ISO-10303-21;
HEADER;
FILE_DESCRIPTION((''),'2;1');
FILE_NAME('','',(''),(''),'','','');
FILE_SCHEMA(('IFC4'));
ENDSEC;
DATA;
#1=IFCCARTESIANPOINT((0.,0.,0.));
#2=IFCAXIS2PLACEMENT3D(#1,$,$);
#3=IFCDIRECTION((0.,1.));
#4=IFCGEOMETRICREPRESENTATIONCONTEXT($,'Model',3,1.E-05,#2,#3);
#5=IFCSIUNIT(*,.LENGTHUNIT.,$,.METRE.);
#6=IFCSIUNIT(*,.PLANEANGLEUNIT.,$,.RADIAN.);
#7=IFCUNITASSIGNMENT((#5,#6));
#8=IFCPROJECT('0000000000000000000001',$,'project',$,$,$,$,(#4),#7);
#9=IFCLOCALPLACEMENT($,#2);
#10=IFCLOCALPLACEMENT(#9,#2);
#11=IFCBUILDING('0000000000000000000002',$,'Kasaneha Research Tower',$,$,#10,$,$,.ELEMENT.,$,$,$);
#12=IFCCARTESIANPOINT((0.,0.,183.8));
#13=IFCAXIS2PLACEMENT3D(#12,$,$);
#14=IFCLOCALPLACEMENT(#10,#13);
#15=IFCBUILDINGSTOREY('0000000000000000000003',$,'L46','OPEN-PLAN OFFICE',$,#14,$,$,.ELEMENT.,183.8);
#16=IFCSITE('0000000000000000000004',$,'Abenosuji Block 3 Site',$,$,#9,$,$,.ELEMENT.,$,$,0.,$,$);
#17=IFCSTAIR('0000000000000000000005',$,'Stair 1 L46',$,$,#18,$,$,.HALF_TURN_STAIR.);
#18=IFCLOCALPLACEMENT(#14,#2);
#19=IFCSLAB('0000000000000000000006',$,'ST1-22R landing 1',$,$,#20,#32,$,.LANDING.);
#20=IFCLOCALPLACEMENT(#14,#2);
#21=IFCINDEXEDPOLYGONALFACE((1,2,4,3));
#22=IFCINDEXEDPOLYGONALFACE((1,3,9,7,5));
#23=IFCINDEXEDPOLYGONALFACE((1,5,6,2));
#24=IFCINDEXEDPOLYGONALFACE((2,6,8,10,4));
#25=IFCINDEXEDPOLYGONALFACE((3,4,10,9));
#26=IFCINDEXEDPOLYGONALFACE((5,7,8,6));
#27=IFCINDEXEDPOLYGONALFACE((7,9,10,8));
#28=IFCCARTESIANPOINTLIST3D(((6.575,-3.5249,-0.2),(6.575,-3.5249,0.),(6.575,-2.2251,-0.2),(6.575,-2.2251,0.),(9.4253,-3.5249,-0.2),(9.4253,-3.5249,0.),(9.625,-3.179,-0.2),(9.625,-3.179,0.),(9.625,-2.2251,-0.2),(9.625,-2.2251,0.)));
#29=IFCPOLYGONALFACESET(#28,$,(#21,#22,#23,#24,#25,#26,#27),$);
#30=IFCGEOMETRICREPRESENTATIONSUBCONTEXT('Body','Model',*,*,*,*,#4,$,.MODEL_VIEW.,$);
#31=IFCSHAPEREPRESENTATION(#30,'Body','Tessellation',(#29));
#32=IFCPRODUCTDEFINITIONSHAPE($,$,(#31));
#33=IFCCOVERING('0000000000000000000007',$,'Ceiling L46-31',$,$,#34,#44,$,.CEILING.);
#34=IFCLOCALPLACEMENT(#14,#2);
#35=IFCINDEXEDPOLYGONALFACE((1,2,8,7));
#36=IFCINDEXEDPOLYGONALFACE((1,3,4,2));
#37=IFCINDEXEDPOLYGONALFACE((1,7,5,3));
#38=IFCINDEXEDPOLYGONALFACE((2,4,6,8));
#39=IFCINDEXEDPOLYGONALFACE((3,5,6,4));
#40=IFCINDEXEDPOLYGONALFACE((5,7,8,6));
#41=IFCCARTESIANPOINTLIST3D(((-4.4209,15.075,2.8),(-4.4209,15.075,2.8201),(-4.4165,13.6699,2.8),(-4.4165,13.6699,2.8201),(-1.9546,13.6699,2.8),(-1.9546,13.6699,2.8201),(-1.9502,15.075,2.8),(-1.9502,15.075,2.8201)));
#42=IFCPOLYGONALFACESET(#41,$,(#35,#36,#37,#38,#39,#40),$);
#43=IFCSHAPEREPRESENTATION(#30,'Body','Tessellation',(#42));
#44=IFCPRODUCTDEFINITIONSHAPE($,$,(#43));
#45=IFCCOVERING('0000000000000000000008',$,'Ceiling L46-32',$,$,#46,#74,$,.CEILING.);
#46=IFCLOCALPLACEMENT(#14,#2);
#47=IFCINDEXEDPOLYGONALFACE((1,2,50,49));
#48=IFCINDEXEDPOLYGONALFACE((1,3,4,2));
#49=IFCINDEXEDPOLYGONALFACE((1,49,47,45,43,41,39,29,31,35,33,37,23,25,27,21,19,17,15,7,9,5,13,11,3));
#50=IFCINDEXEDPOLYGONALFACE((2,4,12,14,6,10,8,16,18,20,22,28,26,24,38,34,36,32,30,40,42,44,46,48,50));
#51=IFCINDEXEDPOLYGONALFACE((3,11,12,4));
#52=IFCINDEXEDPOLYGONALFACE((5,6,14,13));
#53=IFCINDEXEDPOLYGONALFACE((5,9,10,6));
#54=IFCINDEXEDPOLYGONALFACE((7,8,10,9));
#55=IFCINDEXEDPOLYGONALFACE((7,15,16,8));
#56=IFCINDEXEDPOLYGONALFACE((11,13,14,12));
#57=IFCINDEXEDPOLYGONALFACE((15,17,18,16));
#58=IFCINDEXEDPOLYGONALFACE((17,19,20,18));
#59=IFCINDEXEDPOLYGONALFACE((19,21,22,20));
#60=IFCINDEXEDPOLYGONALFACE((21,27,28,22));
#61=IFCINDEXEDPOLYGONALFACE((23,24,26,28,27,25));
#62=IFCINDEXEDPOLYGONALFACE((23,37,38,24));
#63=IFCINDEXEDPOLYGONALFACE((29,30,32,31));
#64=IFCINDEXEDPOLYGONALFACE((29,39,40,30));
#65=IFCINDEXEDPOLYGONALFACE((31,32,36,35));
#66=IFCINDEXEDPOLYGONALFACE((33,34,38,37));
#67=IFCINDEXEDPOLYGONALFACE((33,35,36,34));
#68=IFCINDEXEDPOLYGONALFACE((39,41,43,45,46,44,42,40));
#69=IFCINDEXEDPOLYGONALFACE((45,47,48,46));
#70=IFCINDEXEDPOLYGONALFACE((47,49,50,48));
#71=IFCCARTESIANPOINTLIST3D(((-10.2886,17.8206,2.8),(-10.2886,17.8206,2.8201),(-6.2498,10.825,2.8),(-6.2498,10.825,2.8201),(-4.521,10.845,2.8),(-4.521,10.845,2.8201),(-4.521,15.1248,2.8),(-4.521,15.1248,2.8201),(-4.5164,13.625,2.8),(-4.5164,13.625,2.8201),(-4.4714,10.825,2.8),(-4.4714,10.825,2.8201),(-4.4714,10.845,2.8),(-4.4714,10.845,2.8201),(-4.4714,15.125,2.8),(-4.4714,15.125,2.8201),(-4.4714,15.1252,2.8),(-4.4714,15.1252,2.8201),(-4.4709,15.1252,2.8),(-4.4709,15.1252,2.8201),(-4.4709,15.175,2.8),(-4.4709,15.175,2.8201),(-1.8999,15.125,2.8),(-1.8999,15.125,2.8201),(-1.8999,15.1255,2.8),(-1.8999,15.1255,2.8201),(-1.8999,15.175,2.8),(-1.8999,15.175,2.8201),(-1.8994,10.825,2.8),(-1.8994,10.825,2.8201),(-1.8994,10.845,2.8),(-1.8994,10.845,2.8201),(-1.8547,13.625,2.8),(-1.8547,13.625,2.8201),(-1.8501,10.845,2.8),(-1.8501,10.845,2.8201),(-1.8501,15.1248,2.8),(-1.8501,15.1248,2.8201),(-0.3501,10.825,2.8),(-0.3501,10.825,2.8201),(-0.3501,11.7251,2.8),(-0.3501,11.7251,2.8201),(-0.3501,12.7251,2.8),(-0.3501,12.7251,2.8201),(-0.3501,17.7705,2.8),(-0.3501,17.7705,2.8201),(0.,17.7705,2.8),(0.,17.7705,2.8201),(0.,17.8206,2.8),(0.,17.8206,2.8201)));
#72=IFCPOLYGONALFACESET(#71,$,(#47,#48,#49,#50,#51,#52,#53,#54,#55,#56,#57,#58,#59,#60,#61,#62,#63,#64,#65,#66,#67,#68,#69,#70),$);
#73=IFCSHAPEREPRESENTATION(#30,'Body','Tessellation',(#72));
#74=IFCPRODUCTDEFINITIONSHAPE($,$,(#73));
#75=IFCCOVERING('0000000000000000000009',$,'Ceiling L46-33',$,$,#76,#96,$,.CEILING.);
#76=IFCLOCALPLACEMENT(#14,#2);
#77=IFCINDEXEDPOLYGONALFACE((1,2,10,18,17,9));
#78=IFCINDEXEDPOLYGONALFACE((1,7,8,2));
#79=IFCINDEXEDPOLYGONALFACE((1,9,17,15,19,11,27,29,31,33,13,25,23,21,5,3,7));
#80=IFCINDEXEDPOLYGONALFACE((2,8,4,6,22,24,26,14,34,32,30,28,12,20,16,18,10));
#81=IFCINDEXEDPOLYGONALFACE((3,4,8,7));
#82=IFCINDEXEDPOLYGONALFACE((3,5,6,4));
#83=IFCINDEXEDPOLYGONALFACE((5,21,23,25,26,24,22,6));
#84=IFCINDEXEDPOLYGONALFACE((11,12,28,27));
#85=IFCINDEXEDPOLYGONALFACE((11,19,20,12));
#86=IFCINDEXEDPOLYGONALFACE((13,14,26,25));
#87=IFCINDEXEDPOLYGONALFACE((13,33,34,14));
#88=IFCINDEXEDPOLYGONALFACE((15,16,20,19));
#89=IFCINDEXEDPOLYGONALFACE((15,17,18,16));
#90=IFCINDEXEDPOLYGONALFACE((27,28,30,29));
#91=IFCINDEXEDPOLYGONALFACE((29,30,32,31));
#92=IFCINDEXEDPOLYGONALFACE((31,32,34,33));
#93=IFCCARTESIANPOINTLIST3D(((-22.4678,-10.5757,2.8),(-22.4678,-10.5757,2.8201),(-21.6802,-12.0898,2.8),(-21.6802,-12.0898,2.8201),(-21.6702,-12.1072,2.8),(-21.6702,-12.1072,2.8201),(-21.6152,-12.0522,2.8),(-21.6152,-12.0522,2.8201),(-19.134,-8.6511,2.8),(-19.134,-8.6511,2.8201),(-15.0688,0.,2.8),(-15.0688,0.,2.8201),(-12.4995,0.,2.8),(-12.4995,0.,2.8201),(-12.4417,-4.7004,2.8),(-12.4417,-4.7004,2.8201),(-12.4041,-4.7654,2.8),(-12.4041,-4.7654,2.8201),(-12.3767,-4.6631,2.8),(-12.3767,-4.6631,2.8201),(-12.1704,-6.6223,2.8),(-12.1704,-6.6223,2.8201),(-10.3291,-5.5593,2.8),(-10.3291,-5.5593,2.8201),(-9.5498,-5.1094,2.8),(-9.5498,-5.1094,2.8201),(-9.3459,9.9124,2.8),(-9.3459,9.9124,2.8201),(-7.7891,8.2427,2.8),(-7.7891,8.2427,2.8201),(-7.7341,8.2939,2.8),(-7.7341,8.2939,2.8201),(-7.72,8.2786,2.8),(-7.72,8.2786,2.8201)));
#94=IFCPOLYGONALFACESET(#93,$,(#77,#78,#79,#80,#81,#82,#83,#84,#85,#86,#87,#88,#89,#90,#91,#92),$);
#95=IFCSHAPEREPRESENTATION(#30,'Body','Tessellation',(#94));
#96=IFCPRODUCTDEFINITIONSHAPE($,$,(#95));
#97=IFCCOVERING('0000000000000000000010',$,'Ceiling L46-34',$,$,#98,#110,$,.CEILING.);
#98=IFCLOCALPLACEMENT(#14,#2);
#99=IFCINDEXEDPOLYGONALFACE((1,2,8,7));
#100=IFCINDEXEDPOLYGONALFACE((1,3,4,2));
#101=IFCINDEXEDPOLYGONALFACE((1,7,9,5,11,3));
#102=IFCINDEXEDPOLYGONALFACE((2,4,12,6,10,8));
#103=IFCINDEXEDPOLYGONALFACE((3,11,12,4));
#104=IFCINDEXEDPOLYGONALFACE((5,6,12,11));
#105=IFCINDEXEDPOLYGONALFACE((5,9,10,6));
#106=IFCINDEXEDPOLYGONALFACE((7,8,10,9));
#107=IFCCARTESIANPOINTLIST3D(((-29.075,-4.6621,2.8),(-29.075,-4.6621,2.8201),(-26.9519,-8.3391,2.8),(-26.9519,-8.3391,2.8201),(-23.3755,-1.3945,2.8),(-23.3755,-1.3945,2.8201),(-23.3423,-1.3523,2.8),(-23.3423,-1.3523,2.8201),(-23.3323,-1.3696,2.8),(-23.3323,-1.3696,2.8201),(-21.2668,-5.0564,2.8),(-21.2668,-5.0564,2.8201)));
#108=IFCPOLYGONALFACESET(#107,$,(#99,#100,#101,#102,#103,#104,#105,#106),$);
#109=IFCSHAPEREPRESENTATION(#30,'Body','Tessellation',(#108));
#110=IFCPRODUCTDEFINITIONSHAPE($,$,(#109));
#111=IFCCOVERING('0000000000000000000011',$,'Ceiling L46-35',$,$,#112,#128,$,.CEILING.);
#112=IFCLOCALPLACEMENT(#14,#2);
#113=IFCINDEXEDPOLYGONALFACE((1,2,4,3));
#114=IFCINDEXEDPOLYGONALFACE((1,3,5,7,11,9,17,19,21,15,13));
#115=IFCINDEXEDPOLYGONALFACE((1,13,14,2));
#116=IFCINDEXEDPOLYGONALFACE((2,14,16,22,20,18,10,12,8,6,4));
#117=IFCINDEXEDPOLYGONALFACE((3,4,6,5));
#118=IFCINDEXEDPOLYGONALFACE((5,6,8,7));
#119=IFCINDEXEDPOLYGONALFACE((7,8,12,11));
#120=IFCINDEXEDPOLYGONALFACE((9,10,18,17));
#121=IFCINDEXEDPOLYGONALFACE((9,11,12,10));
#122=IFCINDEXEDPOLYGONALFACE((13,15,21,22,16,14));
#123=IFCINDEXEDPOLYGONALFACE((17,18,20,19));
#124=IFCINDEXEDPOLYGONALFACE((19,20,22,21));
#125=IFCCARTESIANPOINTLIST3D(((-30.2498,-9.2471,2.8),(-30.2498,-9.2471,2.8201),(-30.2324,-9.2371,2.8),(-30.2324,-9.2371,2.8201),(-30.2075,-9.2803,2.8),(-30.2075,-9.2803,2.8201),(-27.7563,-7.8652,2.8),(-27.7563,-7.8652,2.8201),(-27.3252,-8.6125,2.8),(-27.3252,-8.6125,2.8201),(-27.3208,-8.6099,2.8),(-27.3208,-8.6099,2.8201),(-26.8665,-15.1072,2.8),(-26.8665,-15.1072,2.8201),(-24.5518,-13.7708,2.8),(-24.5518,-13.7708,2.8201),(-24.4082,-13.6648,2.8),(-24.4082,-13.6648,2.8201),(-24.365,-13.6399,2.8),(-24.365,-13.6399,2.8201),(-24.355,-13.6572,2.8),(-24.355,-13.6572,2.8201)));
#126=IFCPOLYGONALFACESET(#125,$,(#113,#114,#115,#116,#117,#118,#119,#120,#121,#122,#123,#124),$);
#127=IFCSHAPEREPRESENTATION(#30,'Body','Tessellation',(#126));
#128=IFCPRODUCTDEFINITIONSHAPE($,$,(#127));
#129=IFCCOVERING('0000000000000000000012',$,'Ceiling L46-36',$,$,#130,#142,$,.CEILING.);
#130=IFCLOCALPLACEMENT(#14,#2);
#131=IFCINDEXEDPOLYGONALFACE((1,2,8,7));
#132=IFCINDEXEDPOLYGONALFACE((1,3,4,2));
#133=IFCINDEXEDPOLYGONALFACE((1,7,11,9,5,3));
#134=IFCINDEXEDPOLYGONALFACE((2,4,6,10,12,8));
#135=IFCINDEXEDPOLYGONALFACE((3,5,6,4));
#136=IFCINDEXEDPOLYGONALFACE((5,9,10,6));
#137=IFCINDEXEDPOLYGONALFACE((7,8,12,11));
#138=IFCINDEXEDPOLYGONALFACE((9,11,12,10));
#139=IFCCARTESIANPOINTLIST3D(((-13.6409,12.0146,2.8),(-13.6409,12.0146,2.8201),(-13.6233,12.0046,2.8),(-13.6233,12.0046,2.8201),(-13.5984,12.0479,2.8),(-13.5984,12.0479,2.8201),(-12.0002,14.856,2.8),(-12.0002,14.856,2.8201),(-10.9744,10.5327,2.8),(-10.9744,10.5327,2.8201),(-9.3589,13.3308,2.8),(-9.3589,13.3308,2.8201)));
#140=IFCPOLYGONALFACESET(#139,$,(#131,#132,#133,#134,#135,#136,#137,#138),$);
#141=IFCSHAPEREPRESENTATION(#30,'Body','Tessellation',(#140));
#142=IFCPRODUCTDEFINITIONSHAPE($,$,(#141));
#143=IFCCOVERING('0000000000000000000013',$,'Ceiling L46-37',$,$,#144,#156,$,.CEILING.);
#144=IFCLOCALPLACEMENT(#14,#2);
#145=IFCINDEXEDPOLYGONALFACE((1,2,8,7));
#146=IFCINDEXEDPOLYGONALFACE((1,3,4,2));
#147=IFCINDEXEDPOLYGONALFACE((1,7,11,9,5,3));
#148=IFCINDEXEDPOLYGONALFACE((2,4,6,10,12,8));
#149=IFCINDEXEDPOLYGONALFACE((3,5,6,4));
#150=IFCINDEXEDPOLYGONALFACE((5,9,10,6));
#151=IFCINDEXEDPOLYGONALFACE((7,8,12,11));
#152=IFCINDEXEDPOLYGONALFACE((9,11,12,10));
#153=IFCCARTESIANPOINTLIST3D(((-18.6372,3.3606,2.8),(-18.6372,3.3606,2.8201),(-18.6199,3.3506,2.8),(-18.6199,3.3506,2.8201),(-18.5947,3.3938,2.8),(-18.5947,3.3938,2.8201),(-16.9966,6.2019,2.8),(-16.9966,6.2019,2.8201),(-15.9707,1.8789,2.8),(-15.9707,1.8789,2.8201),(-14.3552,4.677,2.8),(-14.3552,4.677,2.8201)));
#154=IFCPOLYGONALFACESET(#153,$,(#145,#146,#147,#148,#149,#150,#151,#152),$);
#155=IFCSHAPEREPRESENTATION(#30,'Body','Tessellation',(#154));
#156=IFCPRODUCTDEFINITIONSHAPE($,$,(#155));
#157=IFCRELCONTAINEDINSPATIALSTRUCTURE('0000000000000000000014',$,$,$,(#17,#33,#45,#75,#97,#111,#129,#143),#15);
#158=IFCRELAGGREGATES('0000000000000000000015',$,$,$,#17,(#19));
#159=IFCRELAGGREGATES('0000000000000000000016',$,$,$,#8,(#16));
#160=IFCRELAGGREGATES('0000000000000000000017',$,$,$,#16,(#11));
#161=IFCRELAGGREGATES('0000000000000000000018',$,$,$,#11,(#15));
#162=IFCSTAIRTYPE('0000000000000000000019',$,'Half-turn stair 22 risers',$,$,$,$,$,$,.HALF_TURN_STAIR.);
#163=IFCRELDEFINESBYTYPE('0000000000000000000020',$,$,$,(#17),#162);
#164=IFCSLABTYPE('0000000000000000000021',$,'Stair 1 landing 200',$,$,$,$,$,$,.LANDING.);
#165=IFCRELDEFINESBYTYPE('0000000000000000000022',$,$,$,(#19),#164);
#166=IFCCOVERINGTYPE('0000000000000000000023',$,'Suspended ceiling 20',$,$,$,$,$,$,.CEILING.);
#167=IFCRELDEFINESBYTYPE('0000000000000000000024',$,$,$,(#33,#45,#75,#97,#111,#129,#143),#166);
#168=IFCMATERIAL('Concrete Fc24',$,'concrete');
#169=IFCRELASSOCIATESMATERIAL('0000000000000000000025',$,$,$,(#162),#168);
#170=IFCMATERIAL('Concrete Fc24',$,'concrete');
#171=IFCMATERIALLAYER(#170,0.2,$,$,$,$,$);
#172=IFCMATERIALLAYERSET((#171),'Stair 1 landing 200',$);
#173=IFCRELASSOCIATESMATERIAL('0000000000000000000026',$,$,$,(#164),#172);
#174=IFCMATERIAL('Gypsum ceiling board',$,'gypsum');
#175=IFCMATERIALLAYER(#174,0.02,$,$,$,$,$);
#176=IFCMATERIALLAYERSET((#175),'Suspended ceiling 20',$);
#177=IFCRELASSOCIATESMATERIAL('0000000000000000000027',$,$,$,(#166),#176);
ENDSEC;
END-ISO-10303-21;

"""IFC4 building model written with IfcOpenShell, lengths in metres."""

from ifc_helpers import new_model, si_unit, direction, frame, origin, place, context, subcontext, project, spatial, polyline, outline, extrude, material, layer, layer_set, type_object, element, aggregate, save


model = new_model("IFC4")

# Units and contexts
model_context = context("Model", 3, precision=1e-05, world=origin(), true_north=direction((0.0, 1.0)))
body_context = subcontext(model_context, "Body", "Model", "MODEL_VIEW")
ifc_project = project(units=[si_unit("LENGTHUNIT", "METRE"), si_unit("PLANEANGLEUNIT", "RADIAN")], contexts=[model_context])

# Site, building, storey
site_placement = place(None, origin())
site = spatial("IfcSite", under=ifc_project, at=site_placement, Name="Abenosuji Block 3 Site", CompositionType="ELEMENT", RefElevation=0.0)
building_placement = place(site_placement, origin())
building = spatial("IfcBuilding", under=site, at=building_placement, Name="Kasaneha Research Tower", CompositionType="ELEMENT")
storey_placement = place(building_placement, frame((0.0, 0.0, 183.8)))
storey = spatial("IfcBuildingStorey", under=building, at=storey_placement, Name="L46", Description="OPEN-PLAN OFFICE", CompositionType="ELEMENT", Elevation=183.8)

# Stair, slab
ifc_material_1 = material(Name="Concrete Fc24", Category="concrete")
stair_type = type_object("IfcStairType", Name="Half-turn stair 22 risers", PredefinedType="HALF_TURN_STAIR", material=ifc_material_1)
stair_placement = place(storey_placement, origin())
stair = element("IfcStair", 1, at=stair_placement, inside=storey, type_object=stair_type, Name="Stair 1 L46", PredefinedType="HALF_TURN_STAIR")
ifc_material_2 = material(Name="Concrete Fc24", Category="concrete")
ifc_layer_1 = layer(ifc_material_2, 0.2)
ifc_layer_set_1 = layer_set([ifc_layer_1], Name="Stair 1 landing 200")
slab_type = type_object("IfcSlabType", Name="Stair 1 landing 200", PredefinedType="LANDING", material=ifc_layer_set_1)
slab_placement = place(storey_placement, frame((0.0, 0.0, -0.2)))
slab = element("IfcSlab", 2, at=slab_placement, type_object=slab_type, Name="ST1-22R landing 1", PredefinedType="LANDING", context=body_context, shape_type="SweptSolid", body=[
    extrude(outline(polyline([(9.4253, -3.5249), (6.575, -3.5249), (6.575, -2.2251), (9.625, -2.2251), (9.625, -3.179), (9.4253, -3.5249)])), origin(), (0.0, 0.0, 1.0), 0.2),
])
aggregate(stair, [slab])

# Coverings
ifc_material_3 = material(Name="Gypsum ceiling board", Category="gypsum")
ifc_layer_2 = layer(ifc_material_3, 0.02)
ifc_layer_set_2 = layer_set([ifc_layer_2], Name="Suspended ceiling 20")
covering_type_1 = type_object("IfcCoveringType", Name="Suspended ceiling 20", PredefinedType="CEILING", material=ifc_layer_set_2)
covering_1_placement = place(storey_placement, frame((0.0, 0.0, 2.8)))
element("IfcCovering", 3, at=covering_1_placement, inside=storey, type_object=covering_type_1, Name="Ceiling L46-31", PredefinedType="CEILING", context=body_context, shape_type="SweptSolid", body=[
    extrude(outline(polyline([(-1.9502, 15.075), (-1.9546, 13.6699), (-4.4165, 13.6699), (-4.4209, 15.075), (-1.9502, 15.075)])), origin(), (0.0, 0.0, 1.0), 0.02),
])
covering_2_placement = place(storey_placement, frame((0.0, 0.0, 2.8)))
element("IfcCovering", 4, at=covering_2_placement, inside=storey, type_object=covering_type_1, Name="Ceiling L46-32", PredefinedType="CEILING", context=body_context, shape_type="SweptSolid", body=[
    extrude(outline(polyline([(-0.3501, 11.7251), (-0.3501, 10.825), (-1.8994, 10.825), (-1.8994, 10.845), (-1.8501, 10.845), (-1.8547, 13.625), (-1.8501, 15.1248), (-1.8999, 15.125), (-1.8999, 15.1255), (-1.8999, 15.175), (-4.4709, 15.175), (-4.4709, 15.1252), (-4.4714, 15.1252), (-4.4714, 15.125), (-4.521, 15.1248), (-4.5164, 13.625), (-4.521, 10.845), (-4.4714, 10.845), (-4.4714, 10.825), (-6.2498, 10.825), (-10.2886, 17.8206), (0.0, 17.8206), (0.0, 17.7705), (-0.3501, 17.7705), (-0.3501, 17.7705), (-0.3501, 12.7251), (-0.3501, 11.7251)])), origin(), (0.0, 0.0, 1.0), 0.02),
])
covering_3_placement = place(storey_placement, frame((0.0, 0.0, 2.8)))
element("IfcCovering", 5, at=covering_3_placement, inside=storey, type_object=covering_type_1, Name="Ceiling L46-33", PredefinedType="CEILING", context=body_context, shape_type="SweptSolid", body=[
    extrude(outline(polyline([(-9.5498, -5.1094), (-10.3291, -5.5593), (-10.3291, -5.5593), (-12.1704, -6.6223), (-21.6702, -12.1072), (-21.6802, -12.0898), (-21.6152, -12.0522), (-22.4678, -10.5757), (-19.134, -8.6511), (-19.134, -8.6511), (-12.4041, -4.7654), (-12.4417, -4.7004), (-12.3767, -4.6631), (-15.0688, 0.0), (-9.3459, 9.9124), (-7.7891, 8.2427), (-7.7341, 8.2939), (-7.72, 8.2786), (-12.4995, 0.0), (-9.5498, -5.1094)])), origin(), (0.0, 0.0, 1.0), 0.02),
])
covering_4_placement = place(storey_placement, frame((0.0, 0.0, 2.8)))
element("IfcCovering", 6, at=covering_4_placement, inside=storey, type_object=covering_type_1, Name="Ceiling L46-34", PredefinedType="CEILING", context=body_context, shape_type="SweptSolid", body=[
    extrude(outline(polyline([(-23.3323, -1.3696), (-23.3755, -1.3945), (-21.2668, -5.0564), (-26.9519, -8.3391), (-29.075, -4.6621), (-23.3423, -1.3523), (-23.3323, -1.3696)])), origin(), (0.0, 0.0, 1.0), 0.02),
])
covering_5_placement = place(storey_placement, frame((0.0, 0.0, 2.8)))
element("IfcCovering", 7, at=covering_5_placement, inside=storey, type_object=covering_type_1, Name="Ceiling L46-35", PredefinedType="CEILING", context=body_context, shape_type="SweptSolid", body=[
    extrude(outline(polyline([(-30.2498, -9.2471), (-30.2324, -9.2371), (-30.2075, -9.2803), (-27.7563, -7.8652), (-27.3208, -8.6099), (-27.3252, -8.6125), (-24.4082, -13.6648), (-24.365, -13.6399), (-24.355, -13.6572), (-24.5518, -13.7708), (-26.8665, -15.1072), (-30.2498, -9.2471)])), origin(), (0.0, 0.0, 1.0), 0.02),
])
covering_6_placement = place(storey_placement, frame((0.0, 0.0, 2.8)))
element("IfcCovering", 8, at=covering_6_placement, inside=storey, type_object=covering_type_1, Name="Ceiling L46-36", PredefinedType="CEILING", context=body_context, shape_type="SweptSolid", body=[
    extrude(outline(polyline([(-12.0002, 14.856), (-9.3589, 13.3308), (-10.9744, 10.5327), (-13.5984, 12.0479), (-13.6233, 12.0046), (-13.6409, 12.0146), (-12.0002, 14.856)])), origin(), (0.0, 0.0, 1.0), 0.02),
])
covering_7_placement = place(storey_placement, frame((0.0, 0.0, 2.8)))
element("IfcCovering", 9, at=covering_7_placement, inside=storey, type_object=covering_type_1, Name="Ceiling L46-37", PredefinedType="CEILING", context=body_context, shape_type="SweptSolid", body=[
    extrude(outline(polyline([(-16.9966, 6.2019), (-14.3552, 4.677), (-15.9707, 1.8789), (-18.5947, 3.3938), (-18.6199, 3.3506), (-18.6372, 3.3606), (-16.9966, 6.2019)])), origin(), (0.0, 0.0, 1.0), 0.02),
])

save(model, "model.ifc")
